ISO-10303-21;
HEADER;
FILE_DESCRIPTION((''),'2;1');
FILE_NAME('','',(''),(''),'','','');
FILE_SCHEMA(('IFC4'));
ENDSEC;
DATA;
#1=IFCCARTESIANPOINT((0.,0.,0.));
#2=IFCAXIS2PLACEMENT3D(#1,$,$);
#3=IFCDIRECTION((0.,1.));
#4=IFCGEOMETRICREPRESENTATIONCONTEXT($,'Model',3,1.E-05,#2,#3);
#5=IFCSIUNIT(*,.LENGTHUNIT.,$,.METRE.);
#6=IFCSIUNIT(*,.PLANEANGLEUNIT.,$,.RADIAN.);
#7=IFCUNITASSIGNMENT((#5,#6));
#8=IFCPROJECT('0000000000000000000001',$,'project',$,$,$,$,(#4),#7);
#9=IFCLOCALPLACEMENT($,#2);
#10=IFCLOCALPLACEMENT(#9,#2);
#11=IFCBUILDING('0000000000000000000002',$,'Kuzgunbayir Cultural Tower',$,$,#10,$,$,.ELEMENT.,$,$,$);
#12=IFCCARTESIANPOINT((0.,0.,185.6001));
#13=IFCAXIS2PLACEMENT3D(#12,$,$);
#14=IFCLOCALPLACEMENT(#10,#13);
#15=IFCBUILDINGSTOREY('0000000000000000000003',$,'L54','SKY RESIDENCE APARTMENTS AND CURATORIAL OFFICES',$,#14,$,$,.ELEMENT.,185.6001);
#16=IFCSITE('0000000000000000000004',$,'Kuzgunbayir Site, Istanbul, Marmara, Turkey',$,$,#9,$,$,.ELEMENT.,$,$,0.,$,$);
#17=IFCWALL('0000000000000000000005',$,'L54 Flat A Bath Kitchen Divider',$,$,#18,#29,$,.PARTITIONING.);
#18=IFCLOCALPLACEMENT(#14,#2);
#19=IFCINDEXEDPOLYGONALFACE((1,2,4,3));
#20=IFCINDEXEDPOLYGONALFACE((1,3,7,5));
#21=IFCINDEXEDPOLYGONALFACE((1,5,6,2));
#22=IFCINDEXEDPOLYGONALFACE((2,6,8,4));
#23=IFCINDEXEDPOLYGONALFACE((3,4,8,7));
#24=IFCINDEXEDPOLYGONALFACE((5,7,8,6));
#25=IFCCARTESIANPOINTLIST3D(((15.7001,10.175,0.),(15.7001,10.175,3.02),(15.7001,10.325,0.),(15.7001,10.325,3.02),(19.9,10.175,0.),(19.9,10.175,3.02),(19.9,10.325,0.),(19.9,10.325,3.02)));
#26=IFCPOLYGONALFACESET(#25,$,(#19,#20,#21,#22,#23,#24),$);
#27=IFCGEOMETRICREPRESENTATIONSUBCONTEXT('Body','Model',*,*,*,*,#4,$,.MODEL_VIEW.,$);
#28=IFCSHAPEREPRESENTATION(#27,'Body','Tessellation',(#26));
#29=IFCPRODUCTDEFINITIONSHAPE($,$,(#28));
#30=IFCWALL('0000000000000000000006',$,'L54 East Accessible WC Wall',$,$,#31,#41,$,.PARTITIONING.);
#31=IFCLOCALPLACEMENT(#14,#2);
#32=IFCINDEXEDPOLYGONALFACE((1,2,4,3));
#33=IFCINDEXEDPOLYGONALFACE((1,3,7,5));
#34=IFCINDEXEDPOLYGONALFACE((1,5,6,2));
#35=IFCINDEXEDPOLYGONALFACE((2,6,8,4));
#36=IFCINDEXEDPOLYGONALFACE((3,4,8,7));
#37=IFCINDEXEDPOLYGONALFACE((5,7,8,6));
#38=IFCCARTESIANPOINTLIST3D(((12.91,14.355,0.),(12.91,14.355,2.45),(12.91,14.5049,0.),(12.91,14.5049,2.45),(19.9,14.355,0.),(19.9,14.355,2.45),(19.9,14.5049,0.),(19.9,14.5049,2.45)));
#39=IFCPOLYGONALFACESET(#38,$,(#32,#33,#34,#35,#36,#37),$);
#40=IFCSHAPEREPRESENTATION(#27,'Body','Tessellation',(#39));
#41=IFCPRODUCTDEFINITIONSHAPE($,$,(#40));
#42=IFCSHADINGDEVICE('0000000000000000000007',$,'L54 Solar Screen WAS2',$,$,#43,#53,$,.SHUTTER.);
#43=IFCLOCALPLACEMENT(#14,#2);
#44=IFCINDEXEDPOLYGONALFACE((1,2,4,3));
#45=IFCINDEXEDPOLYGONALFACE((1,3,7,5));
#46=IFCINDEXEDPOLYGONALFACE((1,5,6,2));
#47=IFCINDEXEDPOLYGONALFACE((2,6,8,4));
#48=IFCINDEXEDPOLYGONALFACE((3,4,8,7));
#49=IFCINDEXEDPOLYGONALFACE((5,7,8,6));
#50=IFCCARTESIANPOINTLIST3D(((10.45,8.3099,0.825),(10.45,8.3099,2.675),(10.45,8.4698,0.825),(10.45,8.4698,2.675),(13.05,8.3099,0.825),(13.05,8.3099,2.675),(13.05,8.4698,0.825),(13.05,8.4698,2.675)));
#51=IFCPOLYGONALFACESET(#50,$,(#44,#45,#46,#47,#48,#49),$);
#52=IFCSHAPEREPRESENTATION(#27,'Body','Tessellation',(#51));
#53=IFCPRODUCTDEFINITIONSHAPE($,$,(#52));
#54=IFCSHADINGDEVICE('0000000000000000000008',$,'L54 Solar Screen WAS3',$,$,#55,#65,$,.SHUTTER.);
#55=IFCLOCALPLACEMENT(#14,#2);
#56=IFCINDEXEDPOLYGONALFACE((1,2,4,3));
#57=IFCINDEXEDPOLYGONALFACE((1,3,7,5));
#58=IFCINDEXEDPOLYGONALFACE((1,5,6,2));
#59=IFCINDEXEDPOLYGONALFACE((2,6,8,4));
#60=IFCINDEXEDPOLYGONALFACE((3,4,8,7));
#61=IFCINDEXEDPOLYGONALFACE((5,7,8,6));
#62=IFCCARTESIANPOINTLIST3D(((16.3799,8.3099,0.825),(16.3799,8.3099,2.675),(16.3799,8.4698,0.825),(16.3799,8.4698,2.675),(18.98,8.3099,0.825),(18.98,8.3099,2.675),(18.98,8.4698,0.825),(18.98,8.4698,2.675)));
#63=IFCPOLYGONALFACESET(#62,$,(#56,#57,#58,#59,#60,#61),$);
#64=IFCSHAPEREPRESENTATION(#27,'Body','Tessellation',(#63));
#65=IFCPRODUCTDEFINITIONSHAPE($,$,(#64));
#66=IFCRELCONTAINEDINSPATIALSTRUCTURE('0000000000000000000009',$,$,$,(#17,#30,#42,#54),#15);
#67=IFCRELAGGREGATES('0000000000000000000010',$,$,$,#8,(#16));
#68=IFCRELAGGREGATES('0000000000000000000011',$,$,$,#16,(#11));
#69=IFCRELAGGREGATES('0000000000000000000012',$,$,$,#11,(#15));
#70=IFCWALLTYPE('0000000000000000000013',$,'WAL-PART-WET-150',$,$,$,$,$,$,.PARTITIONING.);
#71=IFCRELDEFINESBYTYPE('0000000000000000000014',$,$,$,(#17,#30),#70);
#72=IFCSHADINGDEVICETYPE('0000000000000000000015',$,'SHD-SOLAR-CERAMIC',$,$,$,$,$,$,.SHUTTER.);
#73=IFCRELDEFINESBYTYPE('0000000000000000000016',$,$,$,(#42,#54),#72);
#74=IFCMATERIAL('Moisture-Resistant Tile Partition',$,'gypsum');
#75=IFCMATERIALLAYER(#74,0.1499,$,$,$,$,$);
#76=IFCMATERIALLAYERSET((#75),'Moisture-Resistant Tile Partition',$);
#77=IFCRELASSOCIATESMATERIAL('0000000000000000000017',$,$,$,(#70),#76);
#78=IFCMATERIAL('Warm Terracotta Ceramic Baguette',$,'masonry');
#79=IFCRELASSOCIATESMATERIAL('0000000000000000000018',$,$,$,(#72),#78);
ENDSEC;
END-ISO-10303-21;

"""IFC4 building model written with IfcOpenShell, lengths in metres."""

from ifc_helpers import new_model, si_unit, direction, frame, frame_2d, origin, origin_2d, place, context, subcontext, project, spatial, rectangle, extrude, material, layer, layer_set, type_object, element, save


model = new_model("IFC4")

# Units and contexts
model_context = context("Model", 3, precision=1e-05, world=origin(), true_north=direction((0.0, 1.0)))
body_context = subcontext(model_context, "Body", "Model", "MODEL_VIEW")
ifc_project = project(units=[si_unit("LENGTHUNIT", "METRE"), si_unit("PLANEANGLEUNIT", "RADIAN")], contexts=[model_context])

# Site, building, storey
site_placement = place(None, origin())
site = spatial("IfcSite", under=ifc_project, at=site_placement, Name="Kuzgunbayir Site, Istanbul, Marmara, Turkey", CompositionType="ELEMENT", RefElevation=0.0)
building_placement = place(site_placement, origin())
building = spatial("IfcBuilding", under=site, at=building_placement, Name="Kuzgunbayir Cultural Tower", CompositionType="ELEMENT")
storey_placement = place(building_placement, frame((0.0, 0.0, 185.6001)))
storey = spatial("IfcBuildingStorey", under=building, at=storey_placement, Name="L54", Description="SKY RESIDENCE APARTMENTS AND CURATORIAL OFFICES", CompositionType="ELEMENT", Elevation=185.6001)

# Shared definitions
ifc_material_1 = material(Name="Moisture-Resistant Tile Partition", Category="gypsum")
ifc_layer_1 = layer(ifc_material_1, 0.1499)
ifc_layer_set_1 = layer_set([ifc_layer_1], Name="Moisture-Resistant Tile Partition")
wall_type_1 = type_object("IfcWallType", Name="WAL-PART-WET-150", PredefinedType="PARTITIONING", material=ifc_layer_set_1)

# Walls
wall_1_placement = place(storey_placement, frame((15.7, 10.25, 0.0), z_axis=(0.0, 0.0, 1.0), x_axis=(1.0, 0.0, 0.0)))
element("IfcWall", 1, at=wall_1_placement, inside=storey, type_object=wall_type_1, Name="L54 Flat A Bath Kitchen Divider", PredefinedType="PARTITIONING", context=body_context, shape_type="SweptSolid", body=[
    extrude(rectangle(XDim=4.2, YDim=0.1499, at=frame_2d((2.1001, 0.0))), origin(), (0.0, 0.0, 1.0), 3.02),
])
wall_2_placement = place(storey_placement, frame((12.9099, 14.4299, 0.0), z_axis=(0.0, 0.0, 1.0), x_axis=(1.0, 0.0, 0.0)))
element("IfcWall", 2, at=wall_2_placement, inside=storey, type_object=wall_type_1, Name="L54 East Accessible WC Wall", PredefinedType="PARTITIONING", context=body_context, shape_type="SweptSolid", body=[
    extrude(rectangle(XDim=6.99, YDim=0.1499, at=frame_2d((3.4951, 0.0))), origin(), (0.0, 0.0, 1.0), 2.45),
])

# Shading devices
ifc_material_2 = material(Name="Warm Terracotta Ceramic Baguette", Category="masonry")
shading_device_type = type_object("IfcShadingDeviceType", Name="SHD-SOLAR-CERAMIC", PredefinedType="SHUTTER", material=ifc_material_2)
for number, where, z_axis, x_axis, name in (
    (3, (11.75, 8.3899, 0.825), (0.0, 0.0, 1.0), (1.0, 0.0, 0.0), "L54 Solar Screen WAS2"),
    (4, (17.6799, 8.3899, 0.825), (0.0, 0.0, 1.0), (1.0, 0.0, 0.0), "L54 Solar Screen WAS3"),
):
    element("IfcShadingDevice", number, at=place(storey_placement, frame(where, z_axis=z_axis, x_axis=x_axis)), inside=storey, type_object=shading_device_type, Name=name, PredefinedType="SHUTTER", context=body_context, shape_type="SweptSolid", body=[
        extrude(rectangle(XDim=2.6001, YDim=0.1599, at=origin_2d()), origin(), (0.0, 0.0, 1.0), 1.8501),
    ])

save(model, "model.ifc")
